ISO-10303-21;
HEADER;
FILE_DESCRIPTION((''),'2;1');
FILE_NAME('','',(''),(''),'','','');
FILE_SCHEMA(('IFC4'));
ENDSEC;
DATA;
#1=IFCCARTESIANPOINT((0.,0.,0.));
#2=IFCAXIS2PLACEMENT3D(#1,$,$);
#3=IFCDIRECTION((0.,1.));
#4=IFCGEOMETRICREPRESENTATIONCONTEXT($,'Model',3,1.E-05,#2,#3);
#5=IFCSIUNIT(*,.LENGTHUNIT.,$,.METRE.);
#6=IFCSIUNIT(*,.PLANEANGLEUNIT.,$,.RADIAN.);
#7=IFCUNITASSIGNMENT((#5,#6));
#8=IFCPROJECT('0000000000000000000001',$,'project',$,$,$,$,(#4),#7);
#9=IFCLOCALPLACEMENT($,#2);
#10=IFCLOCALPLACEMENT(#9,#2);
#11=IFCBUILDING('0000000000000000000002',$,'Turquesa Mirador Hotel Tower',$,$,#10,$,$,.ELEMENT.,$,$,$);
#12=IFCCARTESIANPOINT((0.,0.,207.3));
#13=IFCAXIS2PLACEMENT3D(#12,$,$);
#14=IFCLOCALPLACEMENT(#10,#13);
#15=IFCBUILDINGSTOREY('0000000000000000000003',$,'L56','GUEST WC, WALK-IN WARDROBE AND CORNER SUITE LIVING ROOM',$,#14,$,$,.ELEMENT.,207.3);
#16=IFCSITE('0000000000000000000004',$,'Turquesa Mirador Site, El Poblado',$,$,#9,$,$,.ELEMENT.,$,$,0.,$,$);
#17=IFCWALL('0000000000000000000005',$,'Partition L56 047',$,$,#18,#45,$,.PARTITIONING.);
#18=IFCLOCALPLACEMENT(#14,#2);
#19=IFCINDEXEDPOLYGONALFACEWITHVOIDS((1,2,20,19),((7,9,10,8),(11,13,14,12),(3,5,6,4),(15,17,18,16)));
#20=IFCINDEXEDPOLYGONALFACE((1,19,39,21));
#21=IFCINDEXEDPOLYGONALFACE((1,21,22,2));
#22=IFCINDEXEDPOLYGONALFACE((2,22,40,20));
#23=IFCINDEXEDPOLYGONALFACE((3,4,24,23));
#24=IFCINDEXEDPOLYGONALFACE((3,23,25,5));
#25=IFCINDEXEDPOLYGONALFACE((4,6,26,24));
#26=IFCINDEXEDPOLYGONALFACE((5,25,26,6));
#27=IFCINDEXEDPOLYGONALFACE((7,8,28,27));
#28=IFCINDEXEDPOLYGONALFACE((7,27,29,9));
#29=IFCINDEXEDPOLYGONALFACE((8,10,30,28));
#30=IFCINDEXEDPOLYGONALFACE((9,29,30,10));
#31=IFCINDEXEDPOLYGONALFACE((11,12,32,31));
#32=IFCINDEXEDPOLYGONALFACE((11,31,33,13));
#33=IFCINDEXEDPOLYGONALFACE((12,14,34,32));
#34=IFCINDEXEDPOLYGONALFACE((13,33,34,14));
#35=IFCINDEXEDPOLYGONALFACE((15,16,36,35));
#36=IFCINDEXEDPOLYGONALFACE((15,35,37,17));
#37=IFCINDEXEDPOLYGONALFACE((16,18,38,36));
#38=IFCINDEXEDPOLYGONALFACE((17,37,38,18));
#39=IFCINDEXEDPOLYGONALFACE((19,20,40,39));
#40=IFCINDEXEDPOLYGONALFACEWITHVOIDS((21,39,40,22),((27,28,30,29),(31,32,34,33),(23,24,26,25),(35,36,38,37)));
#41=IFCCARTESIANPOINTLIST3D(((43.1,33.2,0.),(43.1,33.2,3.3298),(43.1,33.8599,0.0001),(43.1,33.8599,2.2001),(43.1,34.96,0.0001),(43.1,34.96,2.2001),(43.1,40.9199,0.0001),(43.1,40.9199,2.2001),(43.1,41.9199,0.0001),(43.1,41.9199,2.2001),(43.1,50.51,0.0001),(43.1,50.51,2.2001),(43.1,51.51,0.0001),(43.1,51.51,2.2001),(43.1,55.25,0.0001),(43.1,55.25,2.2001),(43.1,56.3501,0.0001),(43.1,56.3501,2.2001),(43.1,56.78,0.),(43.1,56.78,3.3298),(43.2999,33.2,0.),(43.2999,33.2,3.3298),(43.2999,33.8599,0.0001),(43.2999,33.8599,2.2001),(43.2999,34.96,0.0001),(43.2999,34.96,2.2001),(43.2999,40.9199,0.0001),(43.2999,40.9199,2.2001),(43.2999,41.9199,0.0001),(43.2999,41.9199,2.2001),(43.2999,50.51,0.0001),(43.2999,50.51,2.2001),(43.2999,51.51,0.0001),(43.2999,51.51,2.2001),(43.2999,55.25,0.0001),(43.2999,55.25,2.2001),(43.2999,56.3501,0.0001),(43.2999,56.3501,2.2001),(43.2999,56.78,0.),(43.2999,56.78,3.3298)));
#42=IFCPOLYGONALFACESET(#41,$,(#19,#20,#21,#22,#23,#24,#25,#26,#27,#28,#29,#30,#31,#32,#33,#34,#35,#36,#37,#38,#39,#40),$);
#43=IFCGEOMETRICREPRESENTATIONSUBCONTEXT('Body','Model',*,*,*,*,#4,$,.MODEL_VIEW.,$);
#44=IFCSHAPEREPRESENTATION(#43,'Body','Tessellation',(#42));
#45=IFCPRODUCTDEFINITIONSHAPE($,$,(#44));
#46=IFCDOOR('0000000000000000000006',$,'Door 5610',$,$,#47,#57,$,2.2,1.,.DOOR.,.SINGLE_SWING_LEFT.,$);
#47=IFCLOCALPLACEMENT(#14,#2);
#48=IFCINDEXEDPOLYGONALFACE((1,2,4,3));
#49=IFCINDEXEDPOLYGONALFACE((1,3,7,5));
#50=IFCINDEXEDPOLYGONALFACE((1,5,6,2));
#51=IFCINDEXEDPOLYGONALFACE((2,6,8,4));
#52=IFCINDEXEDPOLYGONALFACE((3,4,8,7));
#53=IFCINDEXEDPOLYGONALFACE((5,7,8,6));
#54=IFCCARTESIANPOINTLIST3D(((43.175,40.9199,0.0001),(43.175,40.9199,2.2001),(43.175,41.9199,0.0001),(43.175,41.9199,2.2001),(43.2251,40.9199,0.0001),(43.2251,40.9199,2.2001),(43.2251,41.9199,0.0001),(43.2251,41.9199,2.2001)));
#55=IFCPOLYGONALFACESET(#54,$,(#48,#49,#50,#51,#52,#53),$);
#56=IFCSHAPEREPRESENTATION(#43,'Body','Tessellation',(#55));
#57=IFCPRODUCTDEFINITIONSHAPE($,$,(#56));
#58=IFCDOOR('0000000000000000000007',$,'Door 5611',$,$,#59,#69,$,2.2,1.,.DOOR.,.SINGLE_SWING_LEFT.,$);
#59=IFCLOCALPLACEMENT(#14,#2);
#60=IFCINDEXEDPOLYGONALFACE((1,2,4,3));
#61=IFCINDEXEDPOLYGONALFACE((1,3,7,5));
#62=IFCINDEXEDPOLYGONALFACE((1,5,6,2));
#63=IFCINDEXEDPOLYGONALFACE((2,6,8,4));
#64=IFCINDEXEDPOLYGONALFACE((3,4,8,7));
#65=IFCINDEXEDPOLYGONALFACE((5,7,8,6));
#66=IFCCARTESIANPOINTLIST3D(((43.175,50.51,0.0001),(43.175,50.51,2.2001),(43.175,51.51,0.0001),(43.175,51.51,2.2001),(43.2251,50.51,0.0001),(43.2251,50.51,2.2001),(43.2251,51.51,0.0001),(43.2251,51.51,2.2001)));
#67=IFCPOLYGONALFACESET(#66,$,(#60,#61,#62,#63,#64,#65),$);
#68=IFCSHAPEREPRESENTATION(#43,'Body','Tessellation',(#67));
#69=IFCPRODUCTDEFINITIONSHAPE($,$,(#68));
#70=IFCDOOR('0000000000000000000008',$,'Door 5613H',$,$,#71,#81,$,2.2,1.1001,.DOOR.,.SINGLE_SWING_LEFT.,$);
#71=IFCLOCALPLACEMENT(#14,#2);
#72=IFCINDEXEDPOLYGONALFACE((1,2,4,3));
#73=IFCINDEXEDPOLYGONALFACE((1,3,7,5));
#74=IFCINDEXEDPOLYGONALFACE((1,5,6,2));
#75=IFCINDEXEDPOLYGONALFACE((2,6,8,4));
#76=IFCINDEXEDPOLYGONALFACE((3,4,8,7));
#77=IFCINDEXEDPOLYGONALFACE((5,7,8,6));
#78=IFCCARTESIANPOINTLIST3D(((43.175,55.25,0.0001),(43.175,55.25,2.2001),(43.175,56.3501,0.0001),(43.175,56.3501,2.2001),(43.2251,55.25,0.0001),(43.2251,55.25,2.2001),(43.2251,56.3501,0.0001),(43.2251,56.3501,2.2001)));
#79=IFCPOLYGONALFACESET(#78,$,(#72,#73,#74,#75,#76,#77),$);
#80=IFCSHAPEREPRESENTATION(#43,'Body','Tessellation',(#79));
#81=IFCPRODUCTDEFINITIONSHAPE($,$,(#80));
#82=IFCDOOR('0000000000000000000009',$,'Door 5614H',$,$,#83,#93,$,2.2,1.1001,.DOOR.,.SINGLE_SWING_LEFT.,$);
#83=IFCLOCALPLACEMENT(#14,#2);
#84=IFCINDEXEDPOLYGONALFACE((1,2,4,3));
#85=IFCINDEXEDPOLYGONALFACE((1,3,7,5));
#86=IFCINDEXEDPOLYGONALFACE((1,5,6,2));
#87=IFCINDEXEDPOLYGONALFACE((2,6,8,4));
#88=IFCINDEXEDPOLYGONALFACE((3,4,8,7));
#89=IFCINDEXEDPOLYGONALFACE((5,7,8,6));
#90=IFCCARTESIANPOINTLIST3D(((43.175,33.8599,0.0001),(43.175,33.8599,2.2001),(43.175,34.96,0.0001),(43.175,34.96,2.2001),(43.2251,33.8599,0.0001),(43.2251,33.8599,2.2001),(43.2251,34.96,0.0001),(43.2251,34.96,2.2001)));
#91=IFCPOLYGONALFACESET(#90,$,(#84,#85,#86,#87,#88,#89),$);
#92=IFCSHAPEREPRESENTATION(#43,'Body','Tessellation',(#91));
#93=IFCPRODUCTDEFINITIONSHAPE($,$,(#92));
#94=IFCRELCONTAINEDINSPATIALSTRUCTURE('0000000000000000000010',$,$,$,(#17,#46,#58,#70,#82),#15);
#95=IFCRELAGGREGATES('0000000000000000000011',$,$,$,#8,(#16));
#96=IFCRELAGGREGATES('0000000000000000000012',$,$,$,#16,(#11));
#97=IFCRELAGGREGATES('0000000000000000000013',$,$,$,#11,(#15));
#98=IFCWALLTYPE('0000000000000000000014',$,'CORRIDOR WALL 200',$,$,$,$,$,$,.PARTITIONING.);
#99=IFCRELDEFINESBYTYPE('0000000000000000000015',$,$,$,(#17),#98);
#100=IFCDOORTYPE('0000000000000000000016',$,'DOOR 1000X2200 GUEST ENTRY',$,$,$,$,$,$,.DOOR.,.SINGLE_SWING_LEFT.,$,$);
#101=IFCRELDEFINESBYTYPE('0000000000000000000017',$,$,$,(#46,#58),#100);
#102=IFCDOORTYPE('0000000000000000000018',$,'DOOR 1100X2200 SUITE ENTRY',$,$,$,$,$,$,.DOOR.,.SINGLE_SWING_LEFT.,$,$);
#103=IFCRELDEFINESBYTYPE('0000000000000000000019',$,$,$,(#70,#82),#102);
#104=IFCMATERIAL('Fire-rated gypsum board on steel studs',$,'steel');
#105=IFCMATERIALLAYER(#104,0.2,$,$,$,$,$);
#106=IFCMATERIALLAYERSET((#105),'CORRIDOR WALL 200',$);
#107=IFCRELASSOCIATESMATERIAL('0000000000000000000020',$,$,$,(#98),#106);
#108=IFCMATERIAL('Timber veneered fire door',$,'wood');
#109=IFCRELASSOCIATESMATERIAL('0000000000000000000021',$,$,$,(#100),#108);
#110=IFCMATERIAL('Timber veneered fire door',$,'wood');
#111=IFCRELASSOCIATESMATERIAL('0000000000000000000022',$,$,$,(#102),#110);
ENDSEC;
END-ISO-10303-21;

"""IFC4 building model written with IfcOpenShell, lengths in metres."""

from ifc_helpers import new_model, si_unit, direction, frame, frame_2d, origin, place, context, subcontext, project, spatial, rectangle, extrude, material, layer, layer_set, type_object, element, fill, save


model = new_model("IFC4")

# Units and contexts
model_context = context("Model", 3, precision=1e-05, world=origin(), true_north=direction((0.0, 1.0)))
body_context = subcontext(model_context, "Body", "Model", "MODEL_VIEW")
ifc_project = project(units=[si_unit("LENGTHUNIT", "METRE"), si_unit("PLANEANGLEUNIT", "RADIAN")], contexts=[model_context])

# Site, building, storey
site_placement = place(None, origin())
site = spatial("IfcSite", under=ifc_project, at=site_placement, Name="Turquesa Mirador Site, El Poblado", CompositionType="ELEMENT", RefElevation=0.0)
building_placement = place(site_placement, origin())
building = spatial("IfcBuilding", under=site, at=building_placement, Name="Turquesa Mirador Hotel Tower", CompositionType="ELEMENT")
storey_placement = place(building_placement, frame((0.0, 0.0, 207.3)))
storey = spatial("IfcBuildingStorey", under=building, at=storey_placement, Name="L56", Description="GUEST WC, WALK-IN WARDROBE AND CORNER SUITE LIVING ROOM", CompositionType="ELEMENT", Elevation=207.3)

# Wall, openings, doors
ifc_material_1 = material(Name="Fire-rated gypsum board on steel studs", Category="steel")
ifc_layer_1 = layer(ifc_material_1, 0.2)
ifc_layer_set_1 = layer_set([ifc_layer_1], Name="CORRIDOR WALL 200")
wall_type_1 = type_object("IfcWallType", Name="CORRIDOR WALL 200", PredefinedType="PARTITIONING", material=ifc_layer_set_1)
ifc_material_2 = material(Name="Timber veneered fire door", Category="wood")
door_type_1 = type_object("IfcDoorType", Name="DOOR 1000X2200 GUEST ENTRY", OperationType="SINGLE_SWING_LEFT", PredefinedType="DOOR", material=ifc_material_2)
ifc_material_3 = material(Name="Timber veneered fire door", Category="wood")
door_type_2 = type_object("IfcDoorType", Name="DOOR 1100X2200 SUITE ENTRY", OperationType="SINGLE_SWING_LEFT", PredefinedType="DOOR", material=ifc_material_3)
wall_1_placement = place(storey_placement, frame((43.2, 33.2, 0.0), z_axis=(0.0, 0.0, 1.0), x_axis=(0.0, 1.0, 0.0)))
wall_1 = element("IfcWall", 1, at=wall_1_placement, inside=storey, type_object=wall_type_1, Name="Partition L56 047", PredefinedType="PARTITIONING", context=body_context, shape_type="SweptSolid", body=[
    extrude(rectangle(XDim=23.5801, YDim=0.2, at=frame_2d((11.79, 0.0))), origin(), (0.0, 0.0, 1.0), 3.3298),
])
opening_1_placement = place(wall_1_placement, frame((7.72, 0.0, 0.0)))
opening_1 = element("IfcOpeningElement", 2, at=opening_1_placement, cuts=wall_1, PredefinedType="OPENING", context=body_context, shape_type="SweptSolid", body=[
    extrude(rectangle(XDim=1.0, YDim=2.2, at=frame_2d((0.5, 1.1001))), frame((0.0, 0.1099, 0.0), z_axis=(0.0, -1.0, 0.0), x_axis=(1.0, 0.0, 0.0)), (0.0, 0.0, 1.0), 0.22),
])
opening_2_placement = place(wall_1_placement, frame((17.3101, 0.0, 0.0)))
opening_2 = element("IfcOpeningElement", 3, at=opening_2_placement, cuts=wall_1, PredefinedType="OPENING", context=body_context, shape_type="SweptSolid", body=[
    extrude(rectangle(XDim=1.0, YDim=2.2, at=frame_2d((0.5, 1.1001))), frame((0.0, 0.1099, 0.0), z_axis=(0.0, -1.0, 0.0), x_axis=(1.0, 0.0, 0.0)), (0.0, 0.0, 1.0), 0.22),
])
opening_3_placement = place(wall_1_placement, frame((22.05, 0.0, 0.0)))
opening_3 = element("IfcOpeningElement", 4, at=opening_3_placement, cuts=wall_1, PredefinedType="OPENING", context=body_context, shape_type="SweptSolid", body=[
    extrude(rectangle(XDim=1.1001, YDim=2.2, at=frame_2d((0.55, 1.1001))), frame((0.0, 0.1099, 0.0), z_axis=(0.0, -1.0, 0.0), x_axis=(1.0, 0.0, 0.0)), (0.0, 0.0, 1.0), 0.22),
])
opening_4_placement = place(wall_1_placement, frame((0.6599, 0.0, 0.0)))
opening_4 = element("IfcOpeningElement", 5, at=opening_4_placement, cuts=wall_1, PredefinedType="OPENING", context=body_context, shape_type="SweptSolid", body=[
    extrude(rectangle(XDim=1.1001, YDim=2.2, at=frame_2d((0.55, 1.1001))), frame((0.0, 0.1099, 0.0), z_axis=(0.0, -1.0, 0.0), x_axis=(1.0, 0.0, 0.0)), (0.0, 0.0, 1.0), 0.22),
])
door_1_placement = place(opening_1_placement, origin())
door_1 = element("IfcDoor", 6, at=door_1_placement, inside=storey, type_object=door_type_1, Name="Door 5610", OperationType="SINGLE_SWING_LEFT", OverallHeight=2.2, OverallWidth=1.0, PredefinedType="DOOR", context=body_context, shape_type="SweptSolid", body=[
    extrude(rectangle(XDim=1.0, YDim=2.2, at=frame_2d((0.5, 1.1001))), frame((0.0, 0.0249, 0.0), z_axis=(0.0, -1.0, 0.0), x_axis=(1.0, 0.0, 0.0)), (0.0, 0.0, 1.0), 0.05),
])
fill(opening_1, door_1)
door_2_placement = place(opening_2_placement, origin())
door_2 = element("IfcDoor", 7, at=door_2_placement, inside=storey, type_object=door_type_1, Name="Door 5611", OperationType="SINGLE_SWING_LEFT", OverallHeight=2.2, OverallWidth=1.0, PredefinedType="DOOR", context=body_context, shape_type="SweptSolid", body=[
    extrude(rectangle(XDim=1.0, YDim=2.2, at=frame_2d((0.5, 1.1001))), frame((0.0, 0.0249, 0.0), z_axis=(0.0, -1.0, 0.0), x_axis=(1.0, 0.0, 0.0)), (0.0, 0.0, 1.0), 0.05),
])
fill(opening_2, door_2)
door_3_placement = place(opening_3_placement, origin())
door_3 = element("IfcDoor", 8, at=door_3_placement, inside=storey, type_object=door_type_2, Name="Door 5613H", OperationType="SINGLE_SWING_LEFT", OverallHeight=2.2, OverallWidth=1.1001, PredefinedType="DOOR", context=body_context, shape_type="SweptSolid", body=[
    extrude(rectangle(XDim=1.1001, YDim=2.2, at=frame_2d((0.55, 1.1001))), frame((0.0, 0.0249, 0.0), z_axis=(0.0, -1.0, 0.0), x_axis=(1.0, 0.0, 0.0)), (0.0, 0.0, 1.0), 0.05),
])
fill(opening_3, door_3)
door_4_placement = place(opening_4_placement, origin())
door_4 = element("IfcDoor", 9, at=door_4_placement, inside=storey, type_object=door_type_2, Name="Door 5614H", OperationType="SINGLE_SWING_LEFT", OverallHeight=2.2, OverallWidth=1.1001, PredefinedType="DOOR", context=body_context, shape_type="SweptSolid", body=[
    extrude(rectangle(XDim=1.1001, YDim=2.2, at=frame_2d((0.55, 1.1001))), frame((0.0, 0.0249, 0.0), z_axis=(0.0, -1.0, 0.0), x_axis=(1.0, 0.0, 0.0)), (0.0, 0.0, 1.0), 0.05),
])
fill(opening_4, door_4)

save(model, "model.ifc")
